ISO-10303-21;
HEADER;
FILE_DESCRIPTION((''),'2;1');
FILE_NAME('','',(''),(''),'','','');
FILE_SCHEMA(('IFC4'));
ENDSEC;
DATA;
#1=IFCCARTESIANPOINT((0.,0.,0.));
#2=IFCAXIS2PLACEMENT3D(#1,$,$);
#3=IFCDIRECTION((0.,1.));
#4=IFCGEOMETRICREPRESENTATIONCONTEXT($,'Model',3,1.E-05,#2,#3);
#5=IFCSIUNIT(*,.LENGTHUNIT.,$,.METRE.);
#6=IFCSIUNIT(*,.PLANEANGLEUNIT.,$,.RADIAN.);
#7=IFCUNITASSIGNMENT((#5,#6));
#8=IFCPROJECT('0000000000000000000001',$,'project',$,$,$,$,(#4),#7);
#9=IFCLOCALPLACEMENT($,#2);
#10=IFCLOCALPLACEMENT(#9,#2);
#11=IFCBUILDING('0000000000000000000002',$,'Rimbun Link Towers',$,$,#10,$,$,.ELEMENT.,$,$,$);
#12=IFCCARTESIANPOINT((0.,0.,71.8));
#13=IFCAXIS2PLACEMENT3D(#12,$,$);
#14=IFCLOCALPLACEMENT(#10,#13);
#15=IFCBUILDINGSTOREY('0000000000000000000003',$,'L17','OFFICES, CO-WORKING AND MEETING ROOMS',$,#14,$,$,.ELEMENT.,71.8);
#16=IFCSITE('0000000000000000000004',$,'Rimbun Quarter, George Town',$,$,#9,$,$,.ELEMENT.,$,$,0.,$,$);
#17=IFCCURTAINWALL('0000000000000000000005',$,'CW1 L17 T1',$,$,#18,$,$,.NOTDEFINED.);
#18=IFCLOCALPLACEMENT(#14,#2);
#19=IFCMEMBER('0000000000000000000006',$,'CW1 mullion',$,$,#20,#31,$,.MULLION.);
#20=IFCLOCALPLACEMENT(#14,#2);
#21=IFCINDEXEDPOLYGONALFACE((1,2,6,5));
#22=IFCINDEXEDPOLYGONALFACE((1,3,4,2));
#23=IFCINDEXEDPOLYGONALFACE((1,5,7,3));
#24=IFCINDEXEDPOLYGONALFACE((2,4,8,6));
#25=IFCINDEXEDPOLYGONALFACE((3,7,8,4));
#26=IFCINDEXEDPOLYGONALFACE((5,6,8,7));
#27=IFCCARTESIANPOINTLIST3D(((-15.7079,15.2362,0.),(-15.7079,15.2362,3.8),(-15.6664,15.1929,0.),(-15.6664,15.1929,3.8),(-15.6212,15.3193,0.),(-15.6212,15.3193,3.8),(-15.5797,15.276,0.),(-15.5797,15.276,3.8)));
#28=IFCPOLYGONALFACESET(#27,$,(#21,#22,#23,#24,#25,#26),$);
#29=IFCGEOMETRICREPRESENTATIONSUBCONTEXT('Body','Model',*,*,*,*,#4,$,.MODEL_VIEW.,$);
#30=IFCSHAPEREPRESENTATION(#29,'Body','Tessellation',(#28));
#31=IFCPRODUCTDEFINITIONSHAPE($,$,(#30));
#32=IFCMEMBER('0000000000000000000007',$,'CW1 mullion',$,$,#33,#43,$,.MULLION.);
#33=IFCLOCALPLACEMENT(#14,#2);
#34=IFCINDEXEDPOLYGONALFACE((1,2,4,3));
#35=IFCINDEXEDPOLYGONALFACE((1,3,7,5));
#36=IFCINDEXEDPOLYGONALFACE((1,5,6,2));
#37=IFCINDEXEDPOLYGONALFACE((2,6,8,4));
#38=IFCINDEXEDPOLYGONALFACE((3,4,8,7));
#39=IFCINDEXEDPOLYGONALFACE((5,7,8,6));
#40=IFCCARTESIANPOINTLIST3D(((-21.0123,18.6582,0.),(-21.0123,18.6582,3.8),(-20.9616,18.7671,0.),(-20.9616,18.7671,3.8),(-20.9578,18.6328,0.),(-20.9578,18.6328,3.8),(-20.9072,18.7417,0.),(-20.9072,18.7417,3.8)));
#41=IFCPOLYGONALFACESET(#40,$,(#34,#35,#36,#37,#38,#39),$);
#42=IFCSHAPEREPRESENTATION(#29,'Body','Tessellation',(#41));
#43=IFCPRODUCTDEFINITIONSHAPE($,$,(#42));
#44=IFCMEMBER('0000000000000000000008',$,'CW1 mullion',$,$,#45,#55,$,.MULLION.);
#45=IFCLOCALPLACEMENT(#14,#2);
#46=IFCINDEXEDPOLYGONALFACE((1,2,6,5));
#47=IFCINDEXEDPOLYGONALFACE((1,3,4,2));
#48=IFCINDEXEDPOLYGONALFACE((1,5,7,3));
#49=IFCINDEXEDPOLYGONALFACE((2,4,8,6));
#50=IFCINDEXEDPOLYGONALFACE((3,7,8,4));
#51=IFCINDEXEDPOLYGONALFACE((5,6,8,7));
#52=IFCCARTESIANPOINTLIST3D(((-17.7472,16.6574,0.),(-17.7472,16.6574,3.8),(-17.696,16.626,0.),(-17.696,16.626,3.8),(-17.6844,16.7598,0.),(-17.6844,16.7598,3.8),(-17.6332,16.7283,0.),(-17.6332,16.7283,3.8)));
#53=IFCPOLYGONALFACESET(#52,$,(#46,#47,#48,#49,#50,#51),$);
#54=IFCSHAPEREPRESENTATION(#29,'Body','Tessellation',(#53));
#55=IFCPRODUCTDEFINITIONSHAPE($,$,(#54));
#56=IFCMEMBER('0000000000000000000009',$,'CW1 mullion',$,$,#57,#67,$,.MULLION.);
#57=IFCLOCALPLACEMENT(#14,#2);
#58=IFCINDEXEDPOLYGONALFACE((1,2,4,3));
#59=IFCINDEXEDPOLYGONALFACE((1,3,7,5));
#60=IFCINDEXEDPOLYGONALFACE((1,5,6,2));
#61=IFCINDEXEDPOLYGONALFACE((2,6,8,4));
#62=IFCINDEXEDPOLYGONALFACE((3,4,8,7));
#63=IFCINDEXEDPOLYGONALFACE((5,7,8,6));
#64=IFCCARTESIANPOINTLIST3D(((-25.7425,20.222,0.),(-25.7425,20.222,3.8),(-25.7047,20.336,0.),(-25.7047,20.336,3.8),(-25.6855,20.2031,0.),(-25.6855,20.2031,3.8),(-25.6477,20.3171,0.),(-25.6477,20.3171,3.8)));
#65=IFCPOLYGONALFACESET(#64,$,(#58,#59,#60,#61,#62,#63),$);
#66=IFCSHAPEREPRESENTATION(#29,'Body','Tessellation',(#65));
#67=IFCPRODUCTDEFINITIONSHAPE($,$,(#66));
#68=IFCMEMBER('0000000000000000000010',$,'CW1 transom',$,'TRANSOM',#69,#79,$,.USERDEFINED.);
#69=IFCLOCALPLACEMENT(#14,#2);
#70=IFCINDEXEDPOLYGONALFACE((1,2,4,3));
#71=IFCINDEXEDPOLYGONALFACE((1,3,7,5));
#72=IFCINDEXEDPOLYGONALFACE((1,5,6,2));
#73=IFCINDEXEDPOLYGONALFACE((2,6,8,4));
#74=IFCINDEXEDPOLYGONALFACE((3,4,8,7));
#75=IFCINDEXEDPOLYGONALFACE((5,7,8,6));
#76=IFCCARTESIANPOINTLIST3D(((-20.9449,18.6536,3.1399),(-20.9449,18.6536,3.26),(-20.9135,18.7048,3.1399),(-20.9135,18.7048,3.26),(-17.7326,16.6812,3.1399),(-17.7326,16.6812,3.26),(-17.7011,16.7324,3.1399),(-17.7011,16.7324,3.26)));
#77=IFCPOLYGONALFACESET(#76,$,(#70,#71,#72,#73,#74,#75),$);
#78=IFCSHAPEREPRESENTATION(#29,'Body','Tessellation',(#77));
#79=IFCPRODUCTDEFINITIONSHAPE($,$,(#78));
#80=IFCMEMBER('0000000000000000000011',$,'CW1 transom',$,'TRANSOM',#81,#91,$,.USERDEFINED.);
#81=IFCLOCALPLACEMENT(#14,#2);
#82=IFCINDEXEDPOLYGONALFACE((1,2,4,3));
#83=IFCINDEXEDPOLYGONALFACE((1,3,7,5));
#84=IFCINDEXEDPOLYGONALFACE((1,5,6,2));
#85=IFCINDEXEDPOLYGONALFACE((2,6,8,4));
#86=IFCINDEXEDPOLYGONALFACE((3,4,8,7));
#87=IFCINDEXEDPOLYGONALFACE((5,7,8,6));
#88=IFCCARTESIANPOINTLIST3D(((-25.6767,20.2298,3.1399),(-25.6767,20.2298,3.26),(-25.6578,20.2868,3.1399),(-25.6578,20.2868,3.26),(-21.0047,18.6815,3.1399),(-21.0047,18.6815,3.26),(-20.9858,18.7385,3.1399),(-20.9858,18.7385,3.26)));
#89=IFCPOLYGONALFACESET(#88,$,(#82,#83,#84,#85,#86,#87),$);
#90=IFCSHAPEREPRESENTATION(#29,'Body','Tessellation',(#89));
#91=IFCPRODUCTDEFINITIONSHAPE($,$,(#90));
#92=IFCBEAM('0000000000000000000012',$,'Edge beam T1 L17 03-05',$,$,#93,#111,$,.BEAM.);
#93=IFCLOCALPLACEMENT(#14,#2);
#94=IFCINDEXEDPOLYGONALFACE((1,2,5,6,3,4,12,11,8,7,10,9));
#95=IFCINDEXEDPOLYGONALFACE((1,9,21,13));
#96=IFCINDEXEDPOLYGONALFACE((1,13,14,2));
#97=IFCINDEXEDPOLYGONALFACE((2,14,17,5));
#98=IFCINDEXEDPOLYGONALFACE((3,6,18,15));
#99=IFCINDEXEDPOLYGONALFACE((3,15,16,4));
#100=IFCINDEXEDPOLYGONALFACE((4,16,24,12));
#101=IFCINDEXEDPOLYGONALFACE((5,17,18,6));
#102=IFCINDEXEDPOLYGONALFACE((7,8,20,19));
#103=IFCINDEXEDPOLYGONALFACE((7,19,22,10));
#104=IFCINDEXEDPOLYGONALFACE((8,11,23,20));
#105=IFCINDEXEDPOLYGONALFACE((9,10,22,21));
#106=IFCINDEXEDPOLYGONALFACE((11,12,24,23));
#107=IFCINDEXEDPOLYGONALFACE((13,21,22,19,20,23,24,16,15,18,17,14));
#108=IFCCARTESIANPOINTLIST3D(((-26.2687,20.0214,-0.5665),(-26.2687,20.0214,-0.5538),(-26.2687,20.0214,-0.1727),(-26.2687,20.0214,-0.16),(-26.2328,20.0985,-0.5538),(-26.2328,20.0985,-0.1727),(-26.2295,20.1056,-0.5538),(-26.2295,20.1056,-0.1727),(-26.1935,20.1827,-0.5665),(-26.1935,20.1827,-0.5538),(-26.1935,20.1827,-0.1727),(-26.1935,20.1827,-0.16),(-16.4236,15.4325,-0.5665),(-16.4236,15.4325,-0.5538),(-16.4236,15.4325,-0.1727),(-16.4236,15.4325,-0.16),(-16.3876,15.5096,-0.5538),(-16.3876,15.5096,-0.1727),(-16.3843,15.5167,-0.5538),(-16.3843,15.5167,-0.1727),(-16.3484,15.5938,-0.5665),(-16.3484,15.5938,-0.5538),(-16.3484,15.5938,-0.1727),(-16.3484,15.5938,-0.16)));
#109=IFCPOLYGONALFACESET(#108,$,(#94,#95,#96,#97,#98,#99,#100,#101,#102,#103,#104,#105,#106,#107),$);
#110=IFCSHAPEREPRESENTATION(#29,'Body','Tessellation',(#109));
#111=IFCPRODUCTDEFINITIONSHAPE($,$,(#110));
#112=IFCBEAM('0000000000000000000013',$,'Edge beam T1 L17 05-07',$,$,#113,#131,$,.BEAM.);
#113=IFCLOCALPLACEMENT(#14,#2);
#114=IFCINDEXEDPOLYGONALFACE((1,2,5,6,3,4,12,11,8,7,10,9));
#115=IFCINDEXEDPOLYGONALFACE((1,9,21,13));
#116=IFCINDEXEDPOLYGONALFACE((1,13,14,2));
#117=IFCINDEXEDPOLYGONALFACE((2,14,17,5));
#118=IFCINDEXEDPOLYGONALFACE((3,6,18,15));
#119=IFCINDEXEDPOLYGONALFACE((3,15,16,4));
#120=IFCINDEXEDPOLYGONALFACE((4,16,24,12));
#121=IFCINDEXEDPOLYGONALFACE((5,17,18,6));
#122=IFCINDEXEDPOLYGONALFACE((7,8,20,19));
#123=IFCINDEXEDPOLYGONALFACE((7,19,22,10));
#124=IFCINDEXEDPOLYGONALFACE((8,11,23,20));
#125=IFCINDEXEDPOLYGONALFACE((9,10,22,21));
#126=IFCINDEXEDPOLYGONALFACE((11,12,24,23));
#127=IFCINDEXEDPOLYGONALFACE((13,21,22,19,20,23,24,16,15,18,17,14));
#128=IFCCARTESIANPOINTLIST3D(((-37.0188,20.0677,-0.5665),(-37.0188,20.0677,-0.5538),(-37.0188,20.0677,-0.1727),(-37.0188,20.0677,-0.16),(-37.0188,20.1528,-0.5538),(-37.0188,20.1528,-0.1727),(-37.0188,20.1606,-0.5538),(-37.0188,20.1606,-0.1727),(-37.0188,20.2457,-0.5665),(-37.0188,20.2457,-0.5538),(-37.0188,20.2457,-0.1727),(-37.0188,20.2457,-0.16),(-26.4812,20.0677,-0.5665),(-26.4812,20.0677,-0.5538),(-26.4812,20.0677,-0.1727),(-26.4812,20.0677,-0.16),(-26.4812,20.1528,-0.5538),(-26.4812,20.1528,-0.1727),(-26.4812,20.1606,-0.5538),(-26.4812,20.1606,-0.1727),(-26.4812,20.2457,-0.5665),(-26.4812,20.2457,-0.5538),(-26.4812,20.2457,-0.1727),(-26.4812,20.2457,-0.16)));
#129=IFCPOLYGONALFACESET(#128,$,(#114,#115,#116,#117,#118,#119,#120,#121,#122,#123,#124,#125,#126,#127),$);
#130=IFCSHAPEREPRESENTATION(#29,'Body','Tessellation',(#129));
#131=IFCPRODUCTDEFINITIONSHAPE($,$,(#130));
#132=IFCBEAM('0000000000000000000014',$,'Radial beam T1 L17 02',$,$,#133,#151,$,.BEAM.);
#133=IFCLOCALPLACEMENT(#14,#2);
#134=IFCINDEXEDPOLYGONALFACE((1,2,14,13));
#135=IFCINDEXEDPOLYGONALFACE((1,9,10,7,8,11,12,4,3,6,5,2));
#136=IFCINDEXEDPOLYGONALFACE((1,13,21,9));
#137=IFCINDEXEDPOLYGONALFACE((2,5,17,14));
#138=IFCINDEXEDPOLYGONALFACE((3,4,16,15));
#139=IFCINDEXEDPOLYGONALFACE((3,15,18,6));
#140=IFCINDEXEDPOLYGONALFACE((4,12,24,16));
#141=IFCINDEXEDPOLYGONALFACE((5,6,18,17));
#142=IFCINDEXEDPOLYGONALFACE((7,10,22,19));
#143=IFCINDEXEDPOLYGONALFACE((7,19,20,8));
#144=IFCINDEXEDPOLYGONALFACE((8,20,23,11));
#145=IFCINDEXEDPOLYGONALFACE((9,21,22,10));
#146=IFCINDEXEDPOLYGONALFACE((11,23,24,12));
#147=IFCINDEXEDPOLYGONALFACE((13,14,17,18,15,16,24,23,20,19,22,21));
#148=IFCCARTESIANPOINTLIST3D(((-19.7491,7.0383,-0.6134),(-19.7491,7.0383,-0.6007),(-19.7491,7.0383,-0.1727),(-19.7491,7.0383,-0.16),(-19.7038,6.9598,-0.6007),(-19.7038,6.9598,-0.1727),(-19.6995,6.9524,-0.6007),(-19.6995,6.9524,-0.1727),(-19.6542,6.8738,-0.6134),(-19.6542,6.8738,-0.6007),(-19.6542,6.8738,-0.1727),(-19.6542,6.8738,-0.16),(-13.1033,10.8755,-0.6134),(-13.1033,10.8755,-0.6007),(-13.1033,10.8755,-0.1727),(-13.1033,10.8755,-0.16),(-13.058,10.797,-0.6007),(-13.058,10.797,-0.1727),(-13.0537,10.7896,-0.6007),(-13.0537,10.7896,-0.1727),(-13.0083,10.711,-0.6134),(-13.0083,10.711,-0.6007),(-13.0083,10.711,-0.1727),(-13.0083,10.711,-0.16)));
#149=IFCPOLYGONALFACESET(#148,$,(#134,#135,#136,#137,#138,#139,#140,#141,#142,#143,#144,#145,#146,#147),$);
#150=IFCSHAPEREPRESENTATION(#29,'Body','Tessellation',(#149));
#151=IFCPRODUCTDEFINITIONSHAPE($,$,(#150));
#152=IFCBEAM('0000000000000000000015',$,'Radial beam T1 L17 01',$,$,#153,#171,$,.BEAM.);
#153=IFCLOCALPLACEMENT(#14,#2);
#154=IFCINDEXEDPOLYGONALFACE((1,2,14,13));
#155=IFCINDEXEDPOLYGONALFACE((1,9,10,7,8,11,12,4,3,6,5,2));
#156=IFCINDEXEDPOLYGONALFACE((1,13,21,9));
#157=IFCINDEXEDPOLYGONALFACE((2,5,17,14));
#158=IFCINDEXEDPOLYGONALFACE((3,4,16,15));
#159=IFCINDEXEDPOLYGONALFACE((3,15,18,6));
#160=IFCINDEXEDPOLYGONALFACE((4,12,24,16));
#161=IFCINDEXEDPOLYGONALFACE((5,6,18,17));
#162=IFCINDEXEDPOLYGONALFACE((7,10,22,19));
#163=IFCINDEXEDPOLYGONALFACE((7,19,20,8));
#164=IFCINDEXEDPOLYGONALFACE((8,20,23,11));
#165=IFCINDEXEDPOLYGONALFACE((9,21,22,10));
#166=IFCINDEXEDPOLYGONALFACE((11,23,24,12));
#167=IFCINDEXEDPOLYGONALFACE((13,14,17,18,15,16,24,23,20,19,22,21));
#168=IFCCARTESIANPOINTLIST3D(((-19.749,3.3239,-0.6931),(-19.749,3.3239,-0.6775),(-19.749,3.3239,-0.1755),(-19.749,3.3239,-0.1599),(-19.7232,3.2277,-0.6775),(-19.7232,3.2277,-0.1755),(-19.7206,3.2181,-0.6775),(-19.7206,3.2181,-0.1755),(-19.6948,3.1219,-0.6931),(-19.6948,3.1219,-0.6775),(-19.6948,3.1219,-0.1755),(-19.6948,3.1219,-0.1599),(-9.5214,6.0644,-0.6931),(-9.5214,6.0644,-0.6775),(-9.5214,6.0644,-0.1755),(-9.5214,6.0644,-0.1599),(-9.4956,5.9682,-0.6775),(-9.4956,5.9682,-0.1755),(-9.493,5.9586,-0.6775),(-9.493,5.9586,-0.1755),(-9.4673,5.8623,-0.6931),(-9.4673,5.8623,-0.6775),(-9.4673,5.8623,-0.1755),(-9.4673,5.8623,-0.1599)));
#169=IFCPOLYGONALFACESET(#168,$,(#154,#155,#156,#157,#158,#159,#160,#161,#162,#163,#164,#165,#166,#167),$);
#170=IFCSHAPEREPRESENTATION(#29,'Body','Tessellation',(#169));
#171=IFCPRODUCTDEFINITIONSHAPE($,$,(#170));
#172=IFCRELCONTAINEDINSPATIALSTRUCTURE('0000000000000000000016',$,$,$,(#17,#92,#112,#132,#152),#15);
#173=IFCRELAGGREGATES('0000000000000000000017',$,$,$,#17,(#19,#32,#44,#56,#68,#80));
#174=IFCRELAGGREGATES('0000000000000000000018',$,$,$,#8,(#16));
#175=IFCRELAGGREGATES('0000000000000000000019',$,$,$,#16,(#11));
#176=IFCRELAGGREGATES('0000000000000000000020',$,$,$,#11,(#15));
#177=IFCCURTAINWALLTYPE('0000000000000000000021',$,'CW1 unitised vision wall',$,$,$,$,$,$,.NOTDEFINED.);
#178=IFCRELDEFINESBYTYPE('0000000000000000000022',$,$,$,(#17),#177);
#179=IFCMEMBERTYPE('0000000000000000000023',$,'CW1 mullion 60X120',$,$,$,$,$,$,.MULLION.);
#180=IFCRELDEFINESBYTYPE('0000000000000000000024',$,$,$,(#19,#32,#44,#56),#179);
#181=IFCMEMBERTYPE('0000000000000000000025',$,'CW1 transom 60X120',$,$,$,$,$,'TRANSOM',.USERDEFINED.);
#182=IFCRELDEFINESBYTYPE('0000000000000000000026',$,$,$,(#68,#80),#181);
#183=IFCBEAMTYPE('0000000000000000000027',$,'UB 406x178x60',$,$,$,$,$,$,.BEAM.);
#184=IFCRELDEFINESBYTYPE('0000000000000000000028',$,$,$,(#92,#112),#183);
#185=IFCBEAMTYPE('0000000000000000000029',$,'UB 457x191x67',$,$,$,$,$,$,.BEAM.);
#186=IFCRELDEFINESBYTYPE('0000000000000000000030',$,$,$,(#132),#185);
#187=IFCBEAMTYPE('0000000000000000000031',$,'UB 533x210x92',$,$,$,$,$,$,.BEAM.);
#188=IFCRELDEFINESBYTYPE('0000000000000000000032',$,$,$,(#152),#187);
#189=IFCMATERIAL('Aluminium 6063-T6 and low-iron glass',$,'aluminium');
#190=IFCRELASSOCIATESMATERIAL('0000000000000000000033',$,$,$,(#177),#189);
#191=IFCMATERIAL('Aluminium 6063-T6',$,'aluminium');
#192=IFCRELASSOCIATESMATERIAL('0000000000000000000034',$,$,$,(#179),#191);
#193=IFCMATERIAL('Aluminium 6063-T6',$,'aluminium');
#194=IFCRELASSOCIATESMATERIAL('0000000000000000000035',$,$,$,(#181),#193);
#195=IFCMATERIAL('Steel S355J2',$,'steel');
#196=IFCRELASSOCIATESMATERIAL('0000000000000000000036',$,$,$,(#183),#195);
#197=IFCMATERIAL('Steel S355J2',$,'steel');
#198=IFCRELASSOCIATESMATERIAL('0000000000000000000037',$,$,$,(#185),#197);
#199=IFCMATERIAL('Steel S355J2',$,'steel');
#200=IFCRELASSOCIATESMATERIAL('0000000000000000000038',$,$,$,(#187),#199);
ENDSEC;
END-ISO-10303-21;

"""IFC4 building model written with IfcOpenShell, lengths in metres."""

from ifc_helpers import new_model, si_unit, direction, frame, origin, origin_2d, place, context, subcontext, project, spatial, rectangle, i_section, extrude, material, material_profile, profile_set, type_object, element, aggregate, save


model = new_model("IFC4")

# Units and contexts
model_context = context("Model", 3, precision=1e-05, world=origin(), true_north=direction((0.0, 1.0)))
body_context = subcontext(model_context, "Body", "Model", "MODEL_VIEW")
ifc_project = project(units=[si_unit("LENGTHUNIT", "METRE"), si_unit("PLANEANGLEUNIT", "RADIAN")], contexts=[model_context])

# Site, building, storey
site_placement = place(None, origin())
site = spatial("IfcSite", under=ifc_project, at=site_placement, Name="Rimbun Quarter, George Town", CompositionType="ELEMENT", RefElevation=0.0)
building_placement = place(site_placement, origin())
building = spatial("IfcBuilding", under=site, at=building_placement, Name="Rimbun Link Towers", CompositionType="ELEMENT")
storey_placement = place(building_placement, frame((0.0, 0.0, 71.8)))
storey = spatial("IfcBuildingStorey", under=building, at=storey_placement, Name="L17", Description="OFFICES, CO-WORKING AND MEETING ROOMS", CompositionType="ELEMENT", Elevation=71.8)

# Curtain wall, members
ifc_material_1 = material(Name="Aluminium 6063-T6 and low-iron glass", Category="aluminium")
curtain_wall_type = type_object("IfcCurtainWallType", Name="CW1 unitised vision wall", PredefinedType="NOTDEFINED", material=ifc_material_1)
curtain_wall_placement = place(storey_placement, origin())
curtain_wall = element("IfcCurtainWall", 1, at=curtain_wall_placement, inside=storey, type_object=curtain_wall_type, Name="CW1 L17 T1", PredefinedType="NOTDEFINED")
ifc_material_2 = material(Name="Aluminium 6063-T6", Category="aluminium")
ifc_material_profile_1 = material_profile(ifc_material_2, rectangle(XDim=0.1201, YDim=0.0601, at=origin_2d()), Name="MULLION 60X120")
ifc_profile_set_1 = profile_set([ifc_material_profile_1], Name="Aluminium 6063-T6")
member_type_1 = type_object("IfcMemberType", Name="CW1 mullion 60X120", PredefinedType="MULLION", material=ifc_profile_set_1)
member_1_placement = place(storey_placement, frame((-15.6438, 15.2561, 0.0), z_axis=(0.0, 0.0, 1.0), x_axis=(0.721854, 0.692045, 0.0)))
member_1 = element("IfcMember", 2, at=member_1_placement, type_object=member_type_1, Name="CW1 mullion", PredefinedType="MULLION", context=body_context, shape_type="SweptSolid", body=[
    extrude(rectangle(XDim=0.1201, YDim=0.0601, at=origin_2d()), origin(), (0.0, 0.0, 1.0), 3.8),
])
member_2_placement = place(storey_placement, frame((-20.9597, 18.7, 0.0), z_axis=(0.0, 0.0, 1.0), x_axis=(0.421699, 0.906736, 0.0)))
member_2 = element("IfcMember", 3, at=member_2_placement, type_object=member_type_1, Name="CW1 mullion", PredefinedType="MULLION", context=body_context, shape_type="SweptSolid", body=[
    extrude(rectangle(XDim=0.1201, YDim=0.0601, at=origin_2d()), origin(), (0.0, 0.0, 1.0), 3.8),
])
member_3_placement = place(storey_placement, frame((-17.6902, 16.6929, 0.0), z_axis=(0.0, 0.0, 1.0), x_axis=(0.523239, 0.852186, 0.0)))
member_3 = element("IfcMember", 4, at=member_3_placement, type_object=member_type_1, Name="CW1 mullion", PredefinedType="MULLION", context=body_context, shape_type="SweptSolid", body=[
    extrude(rectangle(XDim=0.1201, YDim=0.0601, at=origin_2d()), origin(), (0.0, 0.0, 1.0), 3.8),
])
member_4_placement = place(storey_placement, frame((-25.6951, 20.2695, 0.0), z_axis=(0.0, 0.0, 1.0), x_axis=(0.314556, 0.949239, 0.0)))
member_4 = element("IfcMember", 5, at=member_4_placement, type_object=member_type_1, Name="CW1 mullion", PredefinedType="MULLION", context=body_context, shape_type="SweptSolid", body=[
    extrude(rectangle(XDim=0.1201, YDim=0.0601, at=origin_2d()), origin(), (0.0, 0.0, 1.0), 3.8),
])
ifc_material_3 = material(Name="Aluminium 6063-T6", Category="aluminium")
ifc_material_profile_2 = material_profile(ifc_material_3, rectangle(XDim=0.0601, YDim=0.1201, at=origin_2d()), Name="TRANSOM 60X120")
ifc_profile_set_2 = profile_set([ifc_material_profile_2], Name="Aluminium 6063-T6")
member_type_2 = type_object("IfcMemberType", Name="CW1 transom 60X120", ElementType="TRANSOM", PredefinedType="USERDEFINED", material=ifc_profile_set_2)
member_5_placement = place(storey_placement, frame((-20.9292, 18.6792, 3.2), z_axis=(0.852185, -0.523241, 0.0), x_axis=(0.523241, 0.852185, 0.0)))
member_5 = element("IfcMember", 6, at=member_5_placement, type_object=member_type_2, Name="CW1 transom", ObjectType="TRANSOM", PredefinedType="USERDEFINED", context=body_context, shape_type="SweptSolid", body=[
    extrude(rectangle(XDim=0.0601, YDim=0.1201, at=origin_2d()), origin(), (0.0, 0.0, 1.0), 3.7695),
])
member_6_placement = place(storey_placement, frame((-25.6672, 20.2583, 3.2), z_axis=(0.949232, -0.314576, 0.0), x_axis=(0.314576, 0.949232, 0.0)))
member_6 = element("IfcMember", 7, at=member_6_placement, type_object=member_type_2, Name="CW1 transom", ObjectType="TRANSOM", PredefinedType="USERDEFINED", context=body_context, shape_type="SweptSolid", body=[
    extrude(rectangle(XDim=0.0601, YDim=0.1201, at=origin_2d()), origin(), (0.0, 0.0, 1.0), 4.9219),
])

# Beams
ifc_material_4 = material(Name="Steel S355J2", Category="steel")
ifc_material_profile_3 = material_profile(ifc_material_4, i_section(OverallWidth=0.178, OverallDepth=0.4065, WebThickness=0.0078, FlangeThickness=0.0127, at=origin_2d()), Name="UB 406x178x60")
ifc_profile_set_3 = profile_set([ifc_material_profile_3], Name="Steel S355J2")
beam_type_1 = type_object("IfcBeamType", Name="UB 406x178x60", PredefinedType="BEAM", material=ifc_profile_set_3)
beam_1_placement = place(storey_placement, frame((-16.386, 15.5132, -0.3633), z_axis=(-0.906379, 0.422465, 0.0), x_axis=(-0.422465, -0.906379, 0.0)))
element("IfcBeam", 8, at=beam_1_placement, inside=storey, type_object=beam_type_1, Name="Edge beam T1 L17 03-05", PredefinedType="BEAM", context=body_context, shape_type="SweptSolid", body=[
    extrude(i_section(OverallWidth=0.178, OverallDepth=0.4065, WebThickness=0.0078, FlangeThickness=0.0127, at=origin_2d()), origin(), (0.0, 0.0, 1.0), 10.8621),
])
beam_2_placement = place(storey_placement, frame((-26.4812, 20.1567, -0.3633), z_axis=(-1.0, 0.0, 0.0), x_axis=(0.0, -1.0, 0.0)))
element("IfcBeam", 9, at=beam_2_placement, inside=storey, type_object=beam_type_1, Name="Edge beam T1 L17 05-07", PredefinedType="BEAM", context=body_context, shape_type="SweptSolid", body=[
    extrude(i_section(OverallWidth=0.178, OverallDepth=0.4065, WebThickness=0.0078, FlangeThickness=0.0127, at=origin_2d()), origin(), (0.0, 0.0, 1.0), 10.5376),
])
ifc_material_5 = material(Name="Steel S355J2", Category="steel")
ifc_material_profile_4 = material_profile(ifc_material_5, i_section(OverallWidth=0.1899, OverallDepth=0.4534, WebThickness=0.0085, FlangeThickness=0.0127, at=origin_2d()), Name="UB 457x191x67")
ifc_profile_set_4 = profile_set([ifc_material_profile_4], Name="Steel S355J2")
beam_type_2 = type_object("IfcBeamType", Name="UB 457x191x67", PredefinedType="BEAM", material=ifc_profile_set_4)
beam_3_placement = place(storey_placement, frame((-19.7017, 6.9561, -0.3867), z_axis=(0.866012, 0.500023, 0.0), x_axis=(-0.500023, 0.866012, 0.0)))
element("IfcBeam", 10, at=beam_3_placement, inside=storey, type_object=beam_type_2, Name="Radial beam T1 L17 02", PredefinedType="BEAM", context=body_context, shape_type="SweptSolid", body=[
    extrude(i_section(OverallWidth=0.1899, OverallDepth=0.4534, WebThickness=0.0085, FlangeThickness=0.0127, at=origin_2d()), origin(), (0.0, 0.0, 1.0), 7.6741),
])
ifc_material_6 = material(Name="Steel S355J2", Category="steel")
ifc_material_profile_5 = material_profile(ifc_material_6, i_section(OverallWidth=0.2092, OverallDepth=0.5332, WebThickness=0.01, FlangeThickness=0.0156, at=origin_2d()), Name="UB 533x210x92")
ifc_profile_set_5 = profile_set([ifc_material_profile_5], Name="Steel S355J2")
beam_type_3 = type_object("IfcBeamType", Name="UB 533x210x92", PredefinedType="BEAM", material=ifc_profile_set_5)
beam_4_placement = place(storey_placement, frame((-19.7219, 3.2229, -0.4265), z_axis=(0.965925, 0.258821, 0.0), x_axis=(-0.258821, 0.965925, 0.0)))
element("IfcBeam", 11, at=beam_4_placement, inside=storey, type_object=beam_type_3, Name="Radial beam T1 L17 01", PredefinedType="BEAM", context=body_context, shape_type="SweptSolid", body=[
    extrude(i_section(OverallWidth=0.2092, OverallDepth=0.5332, WebThickness=0.01, FlangeThickness=0.0156, at=origin_2d()), origin(), (0.0, 0.0, 1.0), 10.5884),
])

aggregate(curtain_wall, [member_1, member_2, member_3, member_4, member_5, member_6])

save(model, "model.ifc")
